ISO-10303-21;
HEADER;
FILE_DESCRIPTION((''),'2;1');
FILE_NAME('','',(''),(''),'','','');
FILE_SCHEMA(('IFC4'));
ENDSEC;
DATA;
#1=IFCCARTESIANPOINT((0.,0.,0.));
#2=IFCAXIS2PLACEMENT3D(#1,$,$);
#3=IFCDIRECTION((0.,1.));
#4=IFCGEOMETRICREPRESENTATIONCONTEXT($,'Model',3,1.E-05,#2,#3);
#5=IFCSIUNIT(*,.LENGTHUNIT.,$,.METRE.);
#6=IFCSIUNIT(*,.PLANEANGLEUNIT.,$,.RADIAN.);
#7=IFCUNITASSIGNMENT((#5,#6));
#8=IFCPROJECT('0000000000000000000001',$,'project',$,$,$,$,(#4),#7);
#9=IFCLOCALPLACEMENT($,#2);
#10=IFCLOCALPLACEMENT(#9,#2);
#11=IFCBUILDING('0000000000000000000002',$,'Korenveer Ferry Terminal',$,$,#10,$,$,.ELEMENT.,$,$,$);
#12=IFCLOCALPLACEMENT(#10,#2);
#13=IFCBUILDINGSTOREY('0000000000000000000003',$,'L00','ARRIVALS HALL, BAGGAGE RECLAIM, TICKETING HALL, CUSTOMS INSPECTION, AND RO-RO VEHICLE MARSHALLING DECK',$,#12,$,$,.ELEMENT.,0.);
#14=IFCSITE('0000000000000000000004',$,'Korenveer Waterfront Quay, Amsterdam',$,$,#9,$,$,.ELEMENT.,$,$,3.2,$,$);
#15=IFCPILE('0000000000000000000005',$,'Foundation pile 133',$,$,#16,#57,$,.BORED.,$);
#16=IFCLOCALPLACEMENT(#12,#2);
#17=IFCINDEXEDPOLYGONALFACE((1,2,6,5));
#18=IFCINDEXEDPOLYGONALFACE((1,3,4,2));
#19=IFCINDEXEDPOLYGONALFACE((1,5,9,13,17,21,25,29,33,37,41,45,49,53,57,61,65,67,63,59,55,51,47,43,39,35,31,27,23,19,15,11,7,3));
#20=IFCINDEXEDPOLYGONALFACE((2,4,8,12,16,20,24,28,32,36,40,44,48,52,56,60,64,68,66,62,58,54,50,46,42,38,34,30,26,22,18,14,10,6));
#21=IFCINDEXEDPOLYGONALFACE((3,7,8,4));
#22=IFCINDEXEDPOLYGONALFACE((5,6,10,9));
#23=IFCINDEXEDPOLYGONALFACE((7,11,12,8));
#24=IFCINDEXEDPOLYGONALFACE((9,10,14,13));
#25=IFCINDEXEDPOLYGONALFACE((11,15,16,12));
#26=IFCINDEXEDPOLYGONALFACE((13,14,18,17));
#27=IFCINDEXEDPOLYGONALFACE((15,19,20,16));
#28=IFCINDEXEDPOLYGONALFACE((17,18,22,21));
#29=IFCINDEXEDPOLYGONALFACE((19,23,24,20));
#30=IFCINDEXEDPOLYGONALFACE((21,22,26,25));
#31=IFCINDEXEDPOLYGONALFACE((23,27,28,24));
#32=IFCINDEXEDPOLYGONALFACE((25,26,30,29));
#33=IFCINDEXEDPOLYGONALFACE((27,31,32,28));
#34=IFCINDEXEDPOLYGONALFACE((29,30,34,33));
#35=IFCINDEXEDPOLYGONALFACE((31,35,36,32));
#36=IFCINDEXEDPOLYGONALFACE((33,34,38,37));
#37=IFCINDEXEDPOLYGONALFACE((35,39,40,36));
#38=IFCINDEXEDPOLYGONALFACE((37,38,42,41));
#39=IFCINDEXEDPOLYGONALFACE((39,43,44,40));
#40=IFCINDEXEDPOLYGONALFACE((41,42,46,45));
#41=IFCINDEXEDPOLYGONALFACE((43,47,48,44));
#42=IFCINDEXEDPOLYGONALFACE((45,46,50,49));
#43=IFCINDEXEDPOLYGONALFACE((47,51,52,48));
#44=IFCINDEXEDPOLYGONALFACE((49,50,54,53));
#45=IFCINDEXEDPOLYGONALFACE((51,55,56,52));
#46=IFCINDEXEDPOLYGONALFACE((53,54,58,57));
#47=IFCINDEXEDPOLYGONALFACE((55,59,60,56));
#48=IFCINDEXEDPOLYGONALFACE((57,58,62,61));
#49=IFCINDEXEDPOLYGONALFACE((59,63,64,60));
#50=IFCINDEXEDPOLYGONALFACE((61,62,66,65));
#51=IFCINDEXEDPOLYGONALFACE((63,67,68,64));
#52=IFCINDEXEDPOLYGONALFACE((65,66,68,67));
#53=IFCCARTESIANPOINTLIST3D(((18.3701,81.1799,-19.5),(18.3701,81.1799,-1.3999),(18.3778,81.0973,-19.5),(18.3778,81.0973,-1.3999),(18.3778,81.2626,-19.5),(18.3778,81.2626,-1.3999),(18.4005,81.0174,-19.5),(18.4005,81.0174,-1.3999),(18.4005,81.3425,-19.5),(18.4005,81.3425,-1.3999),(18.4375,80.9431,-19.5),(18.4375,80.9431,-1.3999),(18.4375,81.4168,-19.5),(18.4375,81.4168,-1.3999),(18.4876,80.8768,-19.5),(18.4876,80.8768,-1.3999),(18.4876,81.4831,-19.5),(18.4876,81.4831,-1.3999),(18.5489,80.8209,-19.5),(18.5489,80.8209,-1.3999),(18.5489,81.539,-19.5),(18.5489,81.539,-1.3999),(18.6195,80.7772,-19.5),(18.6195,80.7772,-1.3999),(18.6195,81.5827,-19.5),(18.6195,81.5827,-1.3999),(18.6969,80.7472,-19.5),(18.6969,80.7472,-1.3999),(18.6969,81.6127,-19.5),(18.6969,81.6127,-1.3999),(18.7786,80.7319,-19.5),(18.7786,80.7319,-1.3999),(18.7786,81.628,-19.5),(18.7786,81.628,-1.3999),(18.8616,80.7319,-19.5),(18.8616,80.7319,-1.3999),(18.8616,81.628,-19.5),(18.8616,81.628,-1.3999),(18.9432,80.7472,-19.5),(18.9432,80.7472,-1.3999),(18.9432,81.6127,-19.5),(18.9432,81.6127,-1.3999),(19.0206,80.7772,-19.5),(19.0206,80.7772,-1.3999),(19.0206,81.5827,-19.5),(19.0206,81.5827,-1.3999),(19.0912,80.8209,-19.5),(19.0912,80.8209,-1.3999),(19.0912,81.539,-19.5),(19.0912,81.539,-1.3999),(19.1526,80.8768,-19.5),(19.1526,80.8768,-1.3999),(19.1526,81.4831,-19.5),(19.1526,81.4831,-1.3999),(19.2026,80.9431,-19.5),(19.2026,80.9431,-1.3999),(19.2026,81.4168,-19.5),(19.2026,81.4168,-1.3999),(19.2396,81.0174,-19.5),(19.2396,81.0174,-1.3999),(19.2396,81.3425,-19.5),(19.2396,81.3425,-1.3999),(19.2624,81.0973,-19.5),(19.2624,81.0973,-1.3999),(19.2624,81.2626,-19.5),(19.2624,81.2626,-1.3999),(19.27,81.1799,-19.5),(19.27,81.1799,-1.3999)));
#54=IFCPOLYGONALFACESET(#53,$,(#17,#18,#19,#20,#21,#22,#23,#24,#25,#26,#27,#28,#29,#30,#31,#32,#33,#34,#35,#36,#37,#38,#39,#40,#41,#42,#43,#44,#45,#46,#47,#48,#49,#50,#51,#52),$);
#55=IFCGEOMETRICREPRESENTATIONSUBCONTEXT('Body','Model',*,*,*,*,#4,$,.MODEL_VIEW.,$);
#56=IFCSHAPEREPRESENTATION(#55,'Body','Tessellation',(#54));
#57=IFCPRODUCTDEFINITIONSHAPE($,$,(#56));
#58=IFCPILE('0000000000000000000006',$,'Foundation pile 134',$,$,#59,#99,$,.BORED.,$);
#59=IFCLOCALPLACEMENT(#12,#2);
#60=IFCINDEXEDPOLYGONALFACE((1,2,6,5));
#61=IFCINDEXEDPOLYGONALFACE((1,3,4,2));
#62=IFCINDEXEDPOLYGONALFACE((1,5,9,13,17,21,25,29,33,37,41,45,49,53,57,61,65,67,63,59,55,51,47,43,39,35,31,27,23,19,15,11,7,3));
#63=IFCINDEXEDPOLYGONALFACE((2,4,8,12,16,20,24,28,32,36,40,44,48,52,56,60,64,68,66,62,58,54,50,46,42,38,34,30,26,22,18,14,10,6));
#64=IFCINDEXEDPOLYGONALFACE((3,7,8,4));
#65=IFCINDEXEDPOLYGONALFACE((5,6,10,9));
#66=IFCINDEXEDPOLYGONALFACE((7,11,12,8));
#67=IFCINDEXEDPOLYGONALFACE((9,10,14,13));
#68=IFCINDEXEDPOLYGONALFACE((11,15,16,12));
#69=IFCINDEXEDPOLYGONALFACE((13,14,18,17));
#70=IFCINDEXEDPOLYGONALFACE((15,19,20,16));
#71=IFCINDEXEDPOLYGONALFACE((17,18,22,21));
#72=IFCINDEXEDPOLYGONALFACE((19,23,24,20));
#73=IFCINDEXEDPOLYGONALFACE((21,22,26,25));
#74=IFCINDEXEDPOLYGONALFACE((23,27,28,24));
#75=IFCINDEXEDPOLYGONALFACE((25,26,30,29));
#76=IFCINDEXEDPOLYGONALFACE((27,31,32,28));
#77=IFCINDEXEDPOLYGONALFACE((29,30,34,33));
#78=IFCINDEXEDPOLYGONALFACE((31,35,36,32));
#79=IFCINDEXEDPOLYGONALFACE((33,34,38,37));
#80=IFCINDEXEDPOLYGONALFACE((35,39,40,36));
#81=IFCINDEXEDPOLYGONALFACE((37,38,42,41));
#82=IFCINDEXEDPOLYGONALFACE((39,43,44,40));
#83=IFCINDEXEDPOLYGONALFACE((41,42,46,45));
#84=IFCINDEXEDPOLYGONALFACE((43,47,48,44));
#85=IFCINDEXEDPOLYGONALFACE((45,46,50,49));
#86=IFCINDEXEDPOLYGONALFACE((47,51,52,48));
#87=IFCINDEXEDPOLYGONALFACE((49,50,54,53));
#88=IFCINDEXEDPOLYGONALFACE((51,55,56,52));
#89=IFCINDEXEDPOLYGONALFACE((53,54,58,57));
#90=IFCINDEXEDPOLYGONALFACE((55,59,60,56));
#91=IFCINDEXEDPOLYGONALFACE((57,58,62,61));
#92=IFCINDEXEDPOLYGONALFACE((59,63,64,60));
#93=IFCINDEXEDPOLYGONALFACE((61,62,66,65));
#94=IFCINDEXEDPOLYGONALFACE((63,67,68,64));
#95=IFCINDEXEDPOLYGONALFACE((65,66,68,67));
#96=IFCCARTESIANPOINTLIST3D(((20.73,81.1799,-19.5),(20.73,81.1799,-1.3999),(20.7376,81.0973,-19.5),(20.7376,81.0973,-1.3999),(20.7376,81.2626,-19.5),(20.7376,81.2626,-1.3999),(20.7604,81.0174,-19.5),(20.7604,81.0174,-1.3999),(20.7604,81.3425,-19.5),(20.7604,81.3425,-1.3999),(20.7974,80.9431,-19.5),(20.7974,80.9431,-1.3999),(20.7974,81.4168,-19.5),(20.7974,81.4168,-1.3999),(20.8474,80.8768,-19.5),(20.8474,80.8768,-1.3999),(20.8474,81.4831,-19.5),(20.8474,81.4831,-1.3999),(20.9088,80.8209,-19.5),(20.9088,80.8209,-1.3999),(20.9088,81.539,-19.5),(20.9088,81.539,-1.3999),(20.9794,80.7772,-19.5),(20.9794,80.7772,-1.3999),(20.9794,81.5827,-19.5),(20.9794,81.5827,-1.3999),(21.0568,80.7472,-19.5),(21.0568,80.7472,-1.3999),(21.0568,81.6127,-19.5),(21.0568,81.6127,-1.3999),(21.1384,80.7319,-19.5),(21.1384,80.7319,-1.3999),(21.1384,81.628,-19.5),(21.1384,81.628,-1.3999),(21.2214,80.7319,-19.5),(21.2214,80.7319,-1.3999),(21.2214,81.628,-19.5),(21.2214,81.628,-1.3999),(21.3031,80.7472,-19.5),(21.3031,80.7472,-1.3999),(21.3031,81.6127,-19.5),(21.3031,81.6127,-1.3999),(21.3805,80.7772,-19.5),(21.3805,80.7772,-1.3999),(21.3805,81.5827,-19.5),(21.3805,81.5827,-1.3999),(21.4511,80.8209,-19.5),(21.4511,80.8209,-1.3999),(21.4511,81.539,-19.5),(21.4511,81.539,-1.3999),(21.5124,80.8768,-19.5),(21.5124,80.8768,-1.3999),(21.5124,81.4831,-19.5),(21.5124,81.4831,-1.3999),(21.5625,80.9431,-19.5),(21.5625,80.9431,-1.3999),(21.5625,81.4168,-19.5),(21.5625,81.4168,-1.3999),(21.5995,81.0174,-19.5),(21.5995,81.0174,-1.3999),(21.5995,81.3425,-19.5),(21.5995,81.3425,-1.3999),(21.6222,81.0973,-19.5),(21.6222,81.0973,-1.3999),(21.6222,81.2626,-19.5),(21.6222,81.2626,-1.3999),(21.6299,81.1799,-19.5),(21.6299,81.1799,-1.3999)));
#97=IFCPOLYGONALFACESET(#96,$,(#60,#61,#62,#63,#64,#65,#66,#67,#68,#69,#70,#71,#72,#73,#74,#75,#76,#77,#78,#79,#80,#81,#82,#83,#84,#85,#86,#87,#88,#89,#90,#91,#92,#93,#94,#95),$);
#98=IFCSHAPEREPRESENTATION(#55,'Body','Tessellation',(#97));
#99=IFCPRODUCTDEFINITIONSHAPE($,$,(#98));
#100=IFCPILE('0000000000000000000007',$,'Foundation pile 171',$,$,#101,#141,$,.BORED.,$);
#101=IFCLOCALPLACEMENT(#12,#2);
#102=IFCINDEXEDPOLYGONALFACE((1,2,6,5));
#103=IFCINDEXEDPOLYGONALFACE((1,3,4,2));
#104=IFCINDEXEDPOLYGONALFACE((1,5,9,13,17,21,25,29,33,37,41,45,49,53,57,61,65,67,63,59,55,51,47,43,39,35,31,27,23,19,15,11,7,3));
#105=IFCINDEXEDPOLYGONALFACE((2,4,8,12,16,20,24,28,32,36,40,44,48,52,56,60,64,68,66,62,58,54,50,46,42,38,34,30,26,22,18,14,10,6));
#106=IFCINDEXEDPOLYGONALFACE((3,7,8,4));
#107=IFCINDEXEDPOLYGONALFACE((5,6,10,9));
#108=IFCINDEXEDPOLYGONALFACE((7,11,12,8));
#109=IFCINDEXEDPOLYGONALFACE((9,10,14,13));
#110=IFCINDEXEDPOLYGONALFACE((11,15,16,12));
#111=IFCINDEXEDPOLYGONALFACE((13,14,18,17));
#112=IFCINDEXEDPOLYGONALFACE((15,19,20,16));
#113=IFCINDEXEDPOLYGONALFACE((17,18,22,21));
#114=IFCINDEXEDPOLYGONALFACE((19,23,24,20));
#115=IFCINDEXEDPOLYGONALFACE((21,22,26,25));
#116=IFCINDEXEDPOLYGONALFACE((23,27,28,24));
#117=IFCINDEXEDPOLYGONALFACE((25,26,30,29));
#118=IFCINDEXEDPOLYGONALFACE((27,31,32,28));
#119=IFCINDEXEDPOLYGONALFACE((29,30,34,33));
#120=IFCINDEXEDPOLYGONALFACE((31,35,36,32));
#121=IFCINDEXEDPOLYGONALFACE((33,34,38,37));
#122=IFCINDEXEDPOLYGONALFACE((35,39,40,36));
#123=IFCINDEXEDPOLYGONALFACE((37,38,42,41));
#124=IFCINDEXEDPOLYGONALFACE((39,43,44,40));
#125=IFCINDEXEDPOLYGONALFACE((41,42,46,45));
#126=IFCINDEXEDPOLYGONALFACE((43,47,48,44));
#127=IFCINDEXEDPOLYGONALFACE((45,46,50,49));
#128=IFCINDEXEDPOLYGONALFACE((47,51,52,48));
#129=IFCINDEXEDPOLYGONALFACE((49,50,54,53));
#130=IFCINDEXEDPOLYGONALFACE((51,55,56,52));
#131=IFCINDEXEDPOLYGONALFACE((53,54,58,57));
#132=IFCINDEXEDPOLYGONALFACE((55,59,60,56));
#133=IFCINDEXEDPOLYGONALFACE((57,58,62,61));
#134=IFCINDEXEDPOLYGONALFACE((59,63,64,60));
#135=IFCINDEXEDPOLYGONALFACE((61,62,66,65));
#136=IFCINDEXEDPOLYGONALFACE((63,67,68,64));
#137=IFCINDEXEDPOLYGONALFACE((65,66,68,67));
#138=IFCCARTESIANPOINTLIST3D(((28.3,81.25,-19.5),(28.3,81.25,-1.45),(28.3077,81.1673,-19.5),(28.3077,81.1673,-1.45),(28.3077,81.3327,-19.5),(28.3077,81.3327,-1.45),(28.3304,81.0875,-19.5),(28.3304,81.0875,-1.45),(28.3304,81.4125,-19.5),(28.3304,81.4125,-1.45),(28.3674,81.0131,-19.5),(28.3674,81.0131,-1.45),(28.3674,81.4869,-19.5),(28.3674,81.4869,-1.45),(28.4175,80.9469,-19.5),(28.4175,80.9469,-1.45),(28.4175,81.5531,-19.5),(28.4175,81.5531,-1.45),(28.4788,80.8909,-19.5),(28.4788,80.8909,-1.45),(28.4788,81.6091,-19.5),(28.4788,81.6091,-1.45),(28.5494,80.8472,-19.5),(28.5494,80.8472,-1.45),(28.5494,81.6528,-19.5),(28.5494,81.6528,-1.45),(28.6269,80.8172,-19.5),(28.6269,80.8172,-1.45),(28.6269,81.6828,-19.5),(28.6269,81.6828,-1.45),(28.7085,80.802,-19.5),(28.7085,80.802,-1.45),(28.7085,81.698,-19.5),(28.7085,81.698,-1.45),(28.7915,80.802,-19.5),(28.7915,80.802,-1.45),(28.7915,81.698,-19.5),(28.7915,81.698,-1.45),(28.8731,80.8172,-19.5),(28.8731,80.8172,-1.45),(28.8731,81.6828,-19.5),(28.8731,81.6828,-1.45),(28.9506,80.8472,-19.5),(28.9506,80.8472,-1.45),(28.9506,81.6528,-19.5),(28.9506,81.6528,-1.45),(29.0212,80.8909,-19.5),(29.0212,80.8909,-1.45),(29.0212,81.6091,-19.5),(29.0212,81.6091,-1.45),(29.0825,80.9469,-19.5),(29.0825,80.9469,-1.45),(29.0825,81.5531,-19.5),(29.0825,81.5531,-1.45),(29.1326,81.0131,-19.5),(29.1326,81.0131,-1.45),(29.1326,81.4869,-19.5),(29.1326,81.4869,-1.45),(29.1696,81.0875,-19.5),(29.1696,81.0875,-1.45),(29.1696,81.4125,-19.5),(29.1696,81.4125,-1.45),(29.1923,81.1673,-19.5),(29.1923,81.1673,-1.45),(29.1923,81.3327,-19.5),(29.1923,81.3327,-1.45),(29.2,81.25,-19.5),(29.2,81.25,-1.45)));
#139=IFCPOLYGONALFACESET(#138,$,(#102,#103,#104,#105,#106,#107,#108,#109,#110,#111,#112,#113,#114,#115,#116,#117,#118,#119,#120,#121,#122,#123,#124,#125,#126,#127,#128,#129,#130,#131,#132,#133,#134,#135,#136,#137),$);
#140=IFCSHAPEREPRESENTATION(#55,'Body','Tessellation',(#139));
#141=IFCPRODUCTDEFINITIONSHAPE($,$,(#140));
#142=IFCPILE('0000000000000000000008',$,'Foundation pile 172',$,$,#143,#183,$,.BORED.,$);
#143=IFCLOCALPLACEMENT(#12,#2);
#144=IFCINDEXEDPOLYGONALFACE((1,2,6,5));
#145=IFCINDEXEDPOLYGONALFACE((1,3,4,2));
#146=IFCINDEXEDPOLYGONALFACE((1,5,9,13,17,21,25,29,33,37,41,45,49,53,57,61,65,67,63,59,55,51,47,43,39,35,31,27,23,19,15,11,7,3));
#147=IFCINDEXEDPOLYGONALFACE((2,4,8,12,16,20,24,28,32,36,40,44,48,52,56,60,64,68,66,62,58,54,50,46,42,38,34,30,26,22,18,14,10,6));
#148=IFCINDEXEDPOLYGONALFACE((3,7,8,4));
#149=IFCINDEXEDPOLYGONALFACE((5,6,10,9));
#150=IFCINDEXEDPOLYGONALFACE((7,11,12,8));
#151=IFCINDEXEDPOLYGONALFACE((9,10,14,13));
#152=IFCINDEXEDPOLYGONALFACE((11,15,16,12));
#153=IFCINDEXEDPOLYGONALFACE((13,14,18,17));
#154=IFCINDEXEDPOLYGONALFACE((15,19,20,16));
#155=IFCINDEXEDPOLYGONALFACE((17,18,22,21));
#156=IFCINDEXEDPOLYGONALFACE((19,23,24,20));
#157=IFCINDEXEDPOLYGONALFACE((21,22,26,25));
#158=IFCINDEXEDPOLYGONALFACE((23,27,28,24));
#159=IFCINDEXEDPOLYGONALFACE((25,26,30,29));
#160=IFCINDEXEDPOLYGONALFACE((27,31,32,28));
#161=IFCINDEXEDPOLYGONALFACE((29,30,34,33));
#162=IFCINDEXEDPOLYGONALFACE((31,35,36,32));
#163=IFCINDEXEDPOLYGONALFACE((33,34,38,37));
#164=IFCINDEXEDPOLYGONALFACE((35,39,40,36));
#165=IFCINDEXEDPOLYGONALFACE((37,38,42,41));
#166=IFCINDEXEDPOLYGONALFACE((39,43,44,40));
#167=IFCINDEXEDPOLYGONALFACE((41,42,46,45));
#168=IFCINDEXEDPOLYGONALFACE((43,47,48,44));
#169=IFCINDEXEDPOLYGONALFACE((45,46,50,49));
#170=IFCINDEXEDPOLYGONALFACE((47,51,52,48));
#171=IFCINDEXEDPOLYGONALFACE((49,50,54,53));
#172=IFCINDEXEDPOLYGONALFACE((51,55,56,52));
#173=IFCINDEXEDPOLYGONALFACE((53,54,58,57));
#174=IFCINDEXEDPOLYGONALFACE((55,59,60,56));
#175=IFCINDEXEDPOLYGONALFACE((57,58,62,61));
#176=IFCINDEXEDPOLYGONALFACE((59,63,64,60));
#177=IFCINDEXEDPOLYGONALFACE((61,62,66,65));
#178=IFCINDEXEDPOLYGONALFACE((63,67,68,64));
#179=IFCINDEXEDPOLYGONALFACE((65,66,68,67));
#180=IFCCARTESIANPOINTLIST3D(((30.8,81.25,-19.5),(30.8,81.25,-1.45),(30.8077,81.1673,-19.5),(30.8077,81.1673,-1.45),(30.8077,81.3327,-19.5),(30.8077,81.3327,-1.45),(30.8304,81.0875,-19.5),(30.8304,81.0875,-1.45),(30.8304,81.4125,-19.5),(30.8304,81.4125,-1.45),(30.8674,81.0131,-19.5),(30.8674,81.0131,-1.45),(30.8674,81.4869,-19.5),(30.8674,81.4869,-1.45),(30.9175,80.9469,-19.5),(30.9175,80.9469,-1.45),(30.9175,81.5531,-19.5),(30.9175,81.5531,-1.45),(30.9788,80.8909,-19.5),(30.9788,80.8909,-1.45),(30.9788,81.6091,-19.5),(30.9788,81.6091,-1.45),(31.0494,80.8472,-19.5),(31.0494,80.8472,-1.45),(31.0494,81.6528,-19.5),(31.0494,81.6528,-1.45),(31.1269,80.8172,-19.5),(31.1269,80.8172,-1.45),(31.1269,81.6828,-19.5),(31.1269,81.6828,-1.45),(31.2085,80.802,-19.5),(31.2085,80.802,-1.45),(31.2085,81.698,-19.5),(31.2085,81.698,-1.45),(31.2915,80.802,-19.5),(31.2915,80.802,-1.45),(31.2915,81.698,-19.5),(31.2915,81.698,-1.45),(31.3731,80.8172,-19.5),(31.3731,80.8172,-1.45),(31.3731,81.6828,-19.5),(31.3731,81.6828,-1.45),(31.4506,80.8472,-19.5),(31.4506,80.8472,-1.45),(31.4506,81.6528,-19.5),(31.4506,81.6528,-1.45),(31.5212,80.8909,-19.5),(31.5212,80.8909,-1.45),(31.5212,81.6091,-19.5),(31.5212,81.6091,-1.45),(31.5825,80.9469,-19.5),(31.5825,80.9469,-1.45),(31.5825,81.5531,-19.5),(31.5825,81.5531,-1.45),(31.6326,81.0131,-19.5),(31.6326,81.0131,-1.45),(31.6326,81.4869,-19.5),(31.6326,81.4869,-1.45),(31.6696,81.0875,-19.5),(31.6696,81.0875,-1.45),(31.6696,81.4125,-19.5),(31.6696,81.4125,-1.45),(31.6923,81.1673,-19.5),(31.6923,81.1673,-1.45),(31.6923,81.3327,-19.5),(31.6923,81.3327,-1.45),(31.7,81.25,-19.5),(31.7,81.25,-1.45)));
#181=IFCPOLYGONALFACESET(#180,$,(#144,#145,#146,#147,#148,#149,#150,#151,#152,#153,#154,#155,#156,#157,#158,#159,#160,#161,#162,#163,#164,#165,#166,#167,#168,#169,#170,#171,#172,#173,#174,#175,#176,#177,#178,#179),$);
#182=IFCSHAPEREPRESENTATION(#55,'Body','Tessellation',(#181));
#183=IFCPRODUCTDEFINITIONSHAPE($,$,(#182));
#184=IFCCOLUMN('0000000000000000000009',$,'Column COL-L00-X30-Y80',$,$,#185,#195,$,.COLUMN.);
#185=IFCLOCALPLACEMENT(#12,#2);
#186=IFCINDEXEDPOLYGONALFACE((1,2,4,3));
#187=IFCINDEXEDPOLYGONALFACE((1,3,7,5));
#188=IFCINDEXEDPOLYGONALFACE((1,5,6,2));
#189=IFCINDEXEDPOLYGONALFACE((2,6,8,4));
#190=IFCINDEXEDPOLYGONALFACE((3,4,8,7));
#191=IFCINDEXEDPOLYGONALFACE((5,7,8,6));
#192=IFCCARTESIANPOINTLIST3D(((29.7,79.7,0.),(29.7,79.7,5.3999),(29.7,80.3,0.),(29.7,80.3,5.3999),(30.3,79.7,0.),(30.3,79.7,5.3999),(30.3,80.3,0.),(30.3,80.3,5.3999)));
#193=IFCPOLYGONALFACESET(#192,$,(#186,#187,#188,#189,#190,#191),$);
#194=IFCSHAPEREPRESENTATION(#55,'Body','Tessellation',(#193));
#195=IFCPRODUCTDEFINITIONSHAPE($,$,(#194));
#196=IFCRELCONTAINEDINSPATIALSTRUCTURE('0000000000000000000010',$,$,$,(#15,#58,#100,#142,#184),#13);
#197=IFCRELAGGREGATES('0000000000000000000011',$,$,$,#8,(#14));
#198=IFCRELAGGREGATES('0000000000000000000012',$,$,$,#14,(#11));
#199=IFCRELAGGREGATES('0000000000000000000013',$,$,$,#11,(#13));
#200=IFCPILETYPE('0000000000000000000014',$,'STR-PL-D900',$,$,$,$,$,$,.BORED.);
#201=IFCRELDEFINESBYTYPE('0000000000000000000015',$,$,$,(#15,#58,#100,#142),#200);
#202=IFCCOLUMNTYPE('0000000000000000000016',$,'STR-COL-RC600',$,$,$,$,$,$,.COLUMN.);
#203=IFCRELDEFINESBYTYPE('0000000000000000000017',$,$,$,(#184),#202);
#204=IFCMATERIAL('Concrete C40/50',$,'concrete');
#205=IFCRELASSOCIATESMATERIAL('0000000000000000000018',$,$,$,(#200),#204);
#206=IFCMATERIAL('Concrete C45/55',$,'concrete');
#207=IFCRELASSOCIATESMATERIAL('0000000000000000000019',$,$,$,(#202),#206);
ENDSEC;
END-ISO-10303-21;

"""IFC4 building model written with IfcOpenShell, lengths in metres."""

from ifc_helpers import new_model, si_unit, direction, frame, origin, origin_2d, place, context, subcontext, project, spatial, rectangle, circle, extrude, material, material_profile, profile_set, type_object, element, save


model = new_model("IFC4")

# Units and contexts
model_context = context("Model", 3, precision=1e-05, world=origin(), true_north=direction((0.0, 1.0)))
body_context = subcontext(model_context, "Body", "Model", "MODEL_VIEW")
ifc_project = project(units=[si_unit("LENGTHUNIT", "METRE"), si_unit("PLANEANGLEUNIT", "RADIAN")], contexts=[model_context])

# Site, building, storey
site_placement = place(None, origin())
site = spatial("IfcSite", under=ifc_project, at=site_placement, Name="Korenveer Waterfront Quay, Amsterdam", CompositionType="ELEMENT", RefElevation=3.2)
building_placement = place(site_placement, origin())
building = spatial("IfcBuilding", under=site, at=building_placement, Name="Korenveer Ferry Terminal", CompositionType="ELEMENT")
storey_placement = place(building_placement, origin())
storey = spatial("IfcBuildingStorey", under=building, at=storey_placement, Name="L00", Description="ARRIVALS HALL, BAGGAGE RECLAIM, TICKETING HALL, CUSTOMS INSPECTION, AND RO-RO VEHICLE MARSHALLING DECK", CompositionType="ELEMENT", Elevation=0.0)

# Shared definitions
ifc_material_1 = material(Name="Concrete C45/55", Category="concrete")

# Piles
ifc_material_2 = material(Name="Concrete C40/50", Category="concrete")
ifc_material_profile_1 = material_profile(ifc_material_2, circle(Radius=0.45, at=origin_2d()), Name="PILE D900")
ifc_profile_set_1 = profile_set([ifc_material_profile_1], Name="Concrete C40/50")
pile_type_1 = type_object("IfcPileType", Name="STR-PL-D900", PredefinedType="BORED", material=ifc_profile_set_1)
for number, where, z_axis, x_axis, name in (
    (1, (18.8201, 81.1799, -1.3999), (0.0, 0.0, -1.0), (1.0, 0.0, 0.0), "Foundation pile 133"),
    (2, (21.1799, 81.1799, -1.3999), (0.0, 0.0, -1.0), (1.0, 0.0, 0.0), "Foundation pile 134"),
):
    element("IfcPile", number, at=place(storey_placement, frame(where, z_axis=z_axis, x_axis=x_axis)), inside=storey, type_object=pile_type_1, Name=name, PredefinedType="BORED", context=body_context, shape_type="SweptSolid", body=[
        extrude(circle(Radius=0.45, at=origin_2d()), origin(), (0.0, 0.0, 1.0), 18.1001),
    ])
for number, where, z_axis, x_axis, name in (
    (3, (28.75, 81.25, -1.45), (0.0, 0.0, -1.0), (1.0, 0.0, 0.0), "Foundation pile 171"),
    (4, (31.25, 81.25, -1.45), (0.0, 0.0, -1.0), (1.0, 0.0, 0.0), "Foundation pile 172"),
):
    element("IfcPile", number, at=place(storey_placement, frame(where, z_axis=z_axis, x_axis=x_axis)), inside=storey, type_object=pile_type_1, Name=name, PredefinedType="BORED", context=body_context, shape_type="SweptSolid", body=[
        extrude(circle(Radius=0.45, at=origin_2d()), origin(), (0.0, 0.0, 1.0), 18.05),
    ])

# Column
ifc_material_profile_2 = material_profile(ifc_material_1, rectangle(XDim=0.6001, YDim=0.6001, at=origin_2d()), Name="RC 600x600")
ifc_profile_set_2 = profile_set([ifc_material_profile_2], Name="Concrete C45/55")
column_type = type_object("IfcColumnType", Name="STR-COL-RC600", PredefinedType="COLUMN", material=ifc_profile_set_2)
column_placement = place(storey_placement, frame((30.0, 80.0, 0.0), z_axis=(0.0, 0.0, 1.0), x_axis=(1.0, 0.0, 0.0)))
element("IfcColumn", 5, at=column_placement, inside=storey, type_object=column_type, Name="Column COL-L00-X30-Y80", PredefinedType="COLUMN", context=body_context, shape_type="SweptSolid", body=[
    extrude(rectangle(XDim=0.6001, YDim=0.6001, at=origin_2d()), origin(), (0.0, 0.0, 1.0), 5.3999),
])

save(model, "model.ifc")
